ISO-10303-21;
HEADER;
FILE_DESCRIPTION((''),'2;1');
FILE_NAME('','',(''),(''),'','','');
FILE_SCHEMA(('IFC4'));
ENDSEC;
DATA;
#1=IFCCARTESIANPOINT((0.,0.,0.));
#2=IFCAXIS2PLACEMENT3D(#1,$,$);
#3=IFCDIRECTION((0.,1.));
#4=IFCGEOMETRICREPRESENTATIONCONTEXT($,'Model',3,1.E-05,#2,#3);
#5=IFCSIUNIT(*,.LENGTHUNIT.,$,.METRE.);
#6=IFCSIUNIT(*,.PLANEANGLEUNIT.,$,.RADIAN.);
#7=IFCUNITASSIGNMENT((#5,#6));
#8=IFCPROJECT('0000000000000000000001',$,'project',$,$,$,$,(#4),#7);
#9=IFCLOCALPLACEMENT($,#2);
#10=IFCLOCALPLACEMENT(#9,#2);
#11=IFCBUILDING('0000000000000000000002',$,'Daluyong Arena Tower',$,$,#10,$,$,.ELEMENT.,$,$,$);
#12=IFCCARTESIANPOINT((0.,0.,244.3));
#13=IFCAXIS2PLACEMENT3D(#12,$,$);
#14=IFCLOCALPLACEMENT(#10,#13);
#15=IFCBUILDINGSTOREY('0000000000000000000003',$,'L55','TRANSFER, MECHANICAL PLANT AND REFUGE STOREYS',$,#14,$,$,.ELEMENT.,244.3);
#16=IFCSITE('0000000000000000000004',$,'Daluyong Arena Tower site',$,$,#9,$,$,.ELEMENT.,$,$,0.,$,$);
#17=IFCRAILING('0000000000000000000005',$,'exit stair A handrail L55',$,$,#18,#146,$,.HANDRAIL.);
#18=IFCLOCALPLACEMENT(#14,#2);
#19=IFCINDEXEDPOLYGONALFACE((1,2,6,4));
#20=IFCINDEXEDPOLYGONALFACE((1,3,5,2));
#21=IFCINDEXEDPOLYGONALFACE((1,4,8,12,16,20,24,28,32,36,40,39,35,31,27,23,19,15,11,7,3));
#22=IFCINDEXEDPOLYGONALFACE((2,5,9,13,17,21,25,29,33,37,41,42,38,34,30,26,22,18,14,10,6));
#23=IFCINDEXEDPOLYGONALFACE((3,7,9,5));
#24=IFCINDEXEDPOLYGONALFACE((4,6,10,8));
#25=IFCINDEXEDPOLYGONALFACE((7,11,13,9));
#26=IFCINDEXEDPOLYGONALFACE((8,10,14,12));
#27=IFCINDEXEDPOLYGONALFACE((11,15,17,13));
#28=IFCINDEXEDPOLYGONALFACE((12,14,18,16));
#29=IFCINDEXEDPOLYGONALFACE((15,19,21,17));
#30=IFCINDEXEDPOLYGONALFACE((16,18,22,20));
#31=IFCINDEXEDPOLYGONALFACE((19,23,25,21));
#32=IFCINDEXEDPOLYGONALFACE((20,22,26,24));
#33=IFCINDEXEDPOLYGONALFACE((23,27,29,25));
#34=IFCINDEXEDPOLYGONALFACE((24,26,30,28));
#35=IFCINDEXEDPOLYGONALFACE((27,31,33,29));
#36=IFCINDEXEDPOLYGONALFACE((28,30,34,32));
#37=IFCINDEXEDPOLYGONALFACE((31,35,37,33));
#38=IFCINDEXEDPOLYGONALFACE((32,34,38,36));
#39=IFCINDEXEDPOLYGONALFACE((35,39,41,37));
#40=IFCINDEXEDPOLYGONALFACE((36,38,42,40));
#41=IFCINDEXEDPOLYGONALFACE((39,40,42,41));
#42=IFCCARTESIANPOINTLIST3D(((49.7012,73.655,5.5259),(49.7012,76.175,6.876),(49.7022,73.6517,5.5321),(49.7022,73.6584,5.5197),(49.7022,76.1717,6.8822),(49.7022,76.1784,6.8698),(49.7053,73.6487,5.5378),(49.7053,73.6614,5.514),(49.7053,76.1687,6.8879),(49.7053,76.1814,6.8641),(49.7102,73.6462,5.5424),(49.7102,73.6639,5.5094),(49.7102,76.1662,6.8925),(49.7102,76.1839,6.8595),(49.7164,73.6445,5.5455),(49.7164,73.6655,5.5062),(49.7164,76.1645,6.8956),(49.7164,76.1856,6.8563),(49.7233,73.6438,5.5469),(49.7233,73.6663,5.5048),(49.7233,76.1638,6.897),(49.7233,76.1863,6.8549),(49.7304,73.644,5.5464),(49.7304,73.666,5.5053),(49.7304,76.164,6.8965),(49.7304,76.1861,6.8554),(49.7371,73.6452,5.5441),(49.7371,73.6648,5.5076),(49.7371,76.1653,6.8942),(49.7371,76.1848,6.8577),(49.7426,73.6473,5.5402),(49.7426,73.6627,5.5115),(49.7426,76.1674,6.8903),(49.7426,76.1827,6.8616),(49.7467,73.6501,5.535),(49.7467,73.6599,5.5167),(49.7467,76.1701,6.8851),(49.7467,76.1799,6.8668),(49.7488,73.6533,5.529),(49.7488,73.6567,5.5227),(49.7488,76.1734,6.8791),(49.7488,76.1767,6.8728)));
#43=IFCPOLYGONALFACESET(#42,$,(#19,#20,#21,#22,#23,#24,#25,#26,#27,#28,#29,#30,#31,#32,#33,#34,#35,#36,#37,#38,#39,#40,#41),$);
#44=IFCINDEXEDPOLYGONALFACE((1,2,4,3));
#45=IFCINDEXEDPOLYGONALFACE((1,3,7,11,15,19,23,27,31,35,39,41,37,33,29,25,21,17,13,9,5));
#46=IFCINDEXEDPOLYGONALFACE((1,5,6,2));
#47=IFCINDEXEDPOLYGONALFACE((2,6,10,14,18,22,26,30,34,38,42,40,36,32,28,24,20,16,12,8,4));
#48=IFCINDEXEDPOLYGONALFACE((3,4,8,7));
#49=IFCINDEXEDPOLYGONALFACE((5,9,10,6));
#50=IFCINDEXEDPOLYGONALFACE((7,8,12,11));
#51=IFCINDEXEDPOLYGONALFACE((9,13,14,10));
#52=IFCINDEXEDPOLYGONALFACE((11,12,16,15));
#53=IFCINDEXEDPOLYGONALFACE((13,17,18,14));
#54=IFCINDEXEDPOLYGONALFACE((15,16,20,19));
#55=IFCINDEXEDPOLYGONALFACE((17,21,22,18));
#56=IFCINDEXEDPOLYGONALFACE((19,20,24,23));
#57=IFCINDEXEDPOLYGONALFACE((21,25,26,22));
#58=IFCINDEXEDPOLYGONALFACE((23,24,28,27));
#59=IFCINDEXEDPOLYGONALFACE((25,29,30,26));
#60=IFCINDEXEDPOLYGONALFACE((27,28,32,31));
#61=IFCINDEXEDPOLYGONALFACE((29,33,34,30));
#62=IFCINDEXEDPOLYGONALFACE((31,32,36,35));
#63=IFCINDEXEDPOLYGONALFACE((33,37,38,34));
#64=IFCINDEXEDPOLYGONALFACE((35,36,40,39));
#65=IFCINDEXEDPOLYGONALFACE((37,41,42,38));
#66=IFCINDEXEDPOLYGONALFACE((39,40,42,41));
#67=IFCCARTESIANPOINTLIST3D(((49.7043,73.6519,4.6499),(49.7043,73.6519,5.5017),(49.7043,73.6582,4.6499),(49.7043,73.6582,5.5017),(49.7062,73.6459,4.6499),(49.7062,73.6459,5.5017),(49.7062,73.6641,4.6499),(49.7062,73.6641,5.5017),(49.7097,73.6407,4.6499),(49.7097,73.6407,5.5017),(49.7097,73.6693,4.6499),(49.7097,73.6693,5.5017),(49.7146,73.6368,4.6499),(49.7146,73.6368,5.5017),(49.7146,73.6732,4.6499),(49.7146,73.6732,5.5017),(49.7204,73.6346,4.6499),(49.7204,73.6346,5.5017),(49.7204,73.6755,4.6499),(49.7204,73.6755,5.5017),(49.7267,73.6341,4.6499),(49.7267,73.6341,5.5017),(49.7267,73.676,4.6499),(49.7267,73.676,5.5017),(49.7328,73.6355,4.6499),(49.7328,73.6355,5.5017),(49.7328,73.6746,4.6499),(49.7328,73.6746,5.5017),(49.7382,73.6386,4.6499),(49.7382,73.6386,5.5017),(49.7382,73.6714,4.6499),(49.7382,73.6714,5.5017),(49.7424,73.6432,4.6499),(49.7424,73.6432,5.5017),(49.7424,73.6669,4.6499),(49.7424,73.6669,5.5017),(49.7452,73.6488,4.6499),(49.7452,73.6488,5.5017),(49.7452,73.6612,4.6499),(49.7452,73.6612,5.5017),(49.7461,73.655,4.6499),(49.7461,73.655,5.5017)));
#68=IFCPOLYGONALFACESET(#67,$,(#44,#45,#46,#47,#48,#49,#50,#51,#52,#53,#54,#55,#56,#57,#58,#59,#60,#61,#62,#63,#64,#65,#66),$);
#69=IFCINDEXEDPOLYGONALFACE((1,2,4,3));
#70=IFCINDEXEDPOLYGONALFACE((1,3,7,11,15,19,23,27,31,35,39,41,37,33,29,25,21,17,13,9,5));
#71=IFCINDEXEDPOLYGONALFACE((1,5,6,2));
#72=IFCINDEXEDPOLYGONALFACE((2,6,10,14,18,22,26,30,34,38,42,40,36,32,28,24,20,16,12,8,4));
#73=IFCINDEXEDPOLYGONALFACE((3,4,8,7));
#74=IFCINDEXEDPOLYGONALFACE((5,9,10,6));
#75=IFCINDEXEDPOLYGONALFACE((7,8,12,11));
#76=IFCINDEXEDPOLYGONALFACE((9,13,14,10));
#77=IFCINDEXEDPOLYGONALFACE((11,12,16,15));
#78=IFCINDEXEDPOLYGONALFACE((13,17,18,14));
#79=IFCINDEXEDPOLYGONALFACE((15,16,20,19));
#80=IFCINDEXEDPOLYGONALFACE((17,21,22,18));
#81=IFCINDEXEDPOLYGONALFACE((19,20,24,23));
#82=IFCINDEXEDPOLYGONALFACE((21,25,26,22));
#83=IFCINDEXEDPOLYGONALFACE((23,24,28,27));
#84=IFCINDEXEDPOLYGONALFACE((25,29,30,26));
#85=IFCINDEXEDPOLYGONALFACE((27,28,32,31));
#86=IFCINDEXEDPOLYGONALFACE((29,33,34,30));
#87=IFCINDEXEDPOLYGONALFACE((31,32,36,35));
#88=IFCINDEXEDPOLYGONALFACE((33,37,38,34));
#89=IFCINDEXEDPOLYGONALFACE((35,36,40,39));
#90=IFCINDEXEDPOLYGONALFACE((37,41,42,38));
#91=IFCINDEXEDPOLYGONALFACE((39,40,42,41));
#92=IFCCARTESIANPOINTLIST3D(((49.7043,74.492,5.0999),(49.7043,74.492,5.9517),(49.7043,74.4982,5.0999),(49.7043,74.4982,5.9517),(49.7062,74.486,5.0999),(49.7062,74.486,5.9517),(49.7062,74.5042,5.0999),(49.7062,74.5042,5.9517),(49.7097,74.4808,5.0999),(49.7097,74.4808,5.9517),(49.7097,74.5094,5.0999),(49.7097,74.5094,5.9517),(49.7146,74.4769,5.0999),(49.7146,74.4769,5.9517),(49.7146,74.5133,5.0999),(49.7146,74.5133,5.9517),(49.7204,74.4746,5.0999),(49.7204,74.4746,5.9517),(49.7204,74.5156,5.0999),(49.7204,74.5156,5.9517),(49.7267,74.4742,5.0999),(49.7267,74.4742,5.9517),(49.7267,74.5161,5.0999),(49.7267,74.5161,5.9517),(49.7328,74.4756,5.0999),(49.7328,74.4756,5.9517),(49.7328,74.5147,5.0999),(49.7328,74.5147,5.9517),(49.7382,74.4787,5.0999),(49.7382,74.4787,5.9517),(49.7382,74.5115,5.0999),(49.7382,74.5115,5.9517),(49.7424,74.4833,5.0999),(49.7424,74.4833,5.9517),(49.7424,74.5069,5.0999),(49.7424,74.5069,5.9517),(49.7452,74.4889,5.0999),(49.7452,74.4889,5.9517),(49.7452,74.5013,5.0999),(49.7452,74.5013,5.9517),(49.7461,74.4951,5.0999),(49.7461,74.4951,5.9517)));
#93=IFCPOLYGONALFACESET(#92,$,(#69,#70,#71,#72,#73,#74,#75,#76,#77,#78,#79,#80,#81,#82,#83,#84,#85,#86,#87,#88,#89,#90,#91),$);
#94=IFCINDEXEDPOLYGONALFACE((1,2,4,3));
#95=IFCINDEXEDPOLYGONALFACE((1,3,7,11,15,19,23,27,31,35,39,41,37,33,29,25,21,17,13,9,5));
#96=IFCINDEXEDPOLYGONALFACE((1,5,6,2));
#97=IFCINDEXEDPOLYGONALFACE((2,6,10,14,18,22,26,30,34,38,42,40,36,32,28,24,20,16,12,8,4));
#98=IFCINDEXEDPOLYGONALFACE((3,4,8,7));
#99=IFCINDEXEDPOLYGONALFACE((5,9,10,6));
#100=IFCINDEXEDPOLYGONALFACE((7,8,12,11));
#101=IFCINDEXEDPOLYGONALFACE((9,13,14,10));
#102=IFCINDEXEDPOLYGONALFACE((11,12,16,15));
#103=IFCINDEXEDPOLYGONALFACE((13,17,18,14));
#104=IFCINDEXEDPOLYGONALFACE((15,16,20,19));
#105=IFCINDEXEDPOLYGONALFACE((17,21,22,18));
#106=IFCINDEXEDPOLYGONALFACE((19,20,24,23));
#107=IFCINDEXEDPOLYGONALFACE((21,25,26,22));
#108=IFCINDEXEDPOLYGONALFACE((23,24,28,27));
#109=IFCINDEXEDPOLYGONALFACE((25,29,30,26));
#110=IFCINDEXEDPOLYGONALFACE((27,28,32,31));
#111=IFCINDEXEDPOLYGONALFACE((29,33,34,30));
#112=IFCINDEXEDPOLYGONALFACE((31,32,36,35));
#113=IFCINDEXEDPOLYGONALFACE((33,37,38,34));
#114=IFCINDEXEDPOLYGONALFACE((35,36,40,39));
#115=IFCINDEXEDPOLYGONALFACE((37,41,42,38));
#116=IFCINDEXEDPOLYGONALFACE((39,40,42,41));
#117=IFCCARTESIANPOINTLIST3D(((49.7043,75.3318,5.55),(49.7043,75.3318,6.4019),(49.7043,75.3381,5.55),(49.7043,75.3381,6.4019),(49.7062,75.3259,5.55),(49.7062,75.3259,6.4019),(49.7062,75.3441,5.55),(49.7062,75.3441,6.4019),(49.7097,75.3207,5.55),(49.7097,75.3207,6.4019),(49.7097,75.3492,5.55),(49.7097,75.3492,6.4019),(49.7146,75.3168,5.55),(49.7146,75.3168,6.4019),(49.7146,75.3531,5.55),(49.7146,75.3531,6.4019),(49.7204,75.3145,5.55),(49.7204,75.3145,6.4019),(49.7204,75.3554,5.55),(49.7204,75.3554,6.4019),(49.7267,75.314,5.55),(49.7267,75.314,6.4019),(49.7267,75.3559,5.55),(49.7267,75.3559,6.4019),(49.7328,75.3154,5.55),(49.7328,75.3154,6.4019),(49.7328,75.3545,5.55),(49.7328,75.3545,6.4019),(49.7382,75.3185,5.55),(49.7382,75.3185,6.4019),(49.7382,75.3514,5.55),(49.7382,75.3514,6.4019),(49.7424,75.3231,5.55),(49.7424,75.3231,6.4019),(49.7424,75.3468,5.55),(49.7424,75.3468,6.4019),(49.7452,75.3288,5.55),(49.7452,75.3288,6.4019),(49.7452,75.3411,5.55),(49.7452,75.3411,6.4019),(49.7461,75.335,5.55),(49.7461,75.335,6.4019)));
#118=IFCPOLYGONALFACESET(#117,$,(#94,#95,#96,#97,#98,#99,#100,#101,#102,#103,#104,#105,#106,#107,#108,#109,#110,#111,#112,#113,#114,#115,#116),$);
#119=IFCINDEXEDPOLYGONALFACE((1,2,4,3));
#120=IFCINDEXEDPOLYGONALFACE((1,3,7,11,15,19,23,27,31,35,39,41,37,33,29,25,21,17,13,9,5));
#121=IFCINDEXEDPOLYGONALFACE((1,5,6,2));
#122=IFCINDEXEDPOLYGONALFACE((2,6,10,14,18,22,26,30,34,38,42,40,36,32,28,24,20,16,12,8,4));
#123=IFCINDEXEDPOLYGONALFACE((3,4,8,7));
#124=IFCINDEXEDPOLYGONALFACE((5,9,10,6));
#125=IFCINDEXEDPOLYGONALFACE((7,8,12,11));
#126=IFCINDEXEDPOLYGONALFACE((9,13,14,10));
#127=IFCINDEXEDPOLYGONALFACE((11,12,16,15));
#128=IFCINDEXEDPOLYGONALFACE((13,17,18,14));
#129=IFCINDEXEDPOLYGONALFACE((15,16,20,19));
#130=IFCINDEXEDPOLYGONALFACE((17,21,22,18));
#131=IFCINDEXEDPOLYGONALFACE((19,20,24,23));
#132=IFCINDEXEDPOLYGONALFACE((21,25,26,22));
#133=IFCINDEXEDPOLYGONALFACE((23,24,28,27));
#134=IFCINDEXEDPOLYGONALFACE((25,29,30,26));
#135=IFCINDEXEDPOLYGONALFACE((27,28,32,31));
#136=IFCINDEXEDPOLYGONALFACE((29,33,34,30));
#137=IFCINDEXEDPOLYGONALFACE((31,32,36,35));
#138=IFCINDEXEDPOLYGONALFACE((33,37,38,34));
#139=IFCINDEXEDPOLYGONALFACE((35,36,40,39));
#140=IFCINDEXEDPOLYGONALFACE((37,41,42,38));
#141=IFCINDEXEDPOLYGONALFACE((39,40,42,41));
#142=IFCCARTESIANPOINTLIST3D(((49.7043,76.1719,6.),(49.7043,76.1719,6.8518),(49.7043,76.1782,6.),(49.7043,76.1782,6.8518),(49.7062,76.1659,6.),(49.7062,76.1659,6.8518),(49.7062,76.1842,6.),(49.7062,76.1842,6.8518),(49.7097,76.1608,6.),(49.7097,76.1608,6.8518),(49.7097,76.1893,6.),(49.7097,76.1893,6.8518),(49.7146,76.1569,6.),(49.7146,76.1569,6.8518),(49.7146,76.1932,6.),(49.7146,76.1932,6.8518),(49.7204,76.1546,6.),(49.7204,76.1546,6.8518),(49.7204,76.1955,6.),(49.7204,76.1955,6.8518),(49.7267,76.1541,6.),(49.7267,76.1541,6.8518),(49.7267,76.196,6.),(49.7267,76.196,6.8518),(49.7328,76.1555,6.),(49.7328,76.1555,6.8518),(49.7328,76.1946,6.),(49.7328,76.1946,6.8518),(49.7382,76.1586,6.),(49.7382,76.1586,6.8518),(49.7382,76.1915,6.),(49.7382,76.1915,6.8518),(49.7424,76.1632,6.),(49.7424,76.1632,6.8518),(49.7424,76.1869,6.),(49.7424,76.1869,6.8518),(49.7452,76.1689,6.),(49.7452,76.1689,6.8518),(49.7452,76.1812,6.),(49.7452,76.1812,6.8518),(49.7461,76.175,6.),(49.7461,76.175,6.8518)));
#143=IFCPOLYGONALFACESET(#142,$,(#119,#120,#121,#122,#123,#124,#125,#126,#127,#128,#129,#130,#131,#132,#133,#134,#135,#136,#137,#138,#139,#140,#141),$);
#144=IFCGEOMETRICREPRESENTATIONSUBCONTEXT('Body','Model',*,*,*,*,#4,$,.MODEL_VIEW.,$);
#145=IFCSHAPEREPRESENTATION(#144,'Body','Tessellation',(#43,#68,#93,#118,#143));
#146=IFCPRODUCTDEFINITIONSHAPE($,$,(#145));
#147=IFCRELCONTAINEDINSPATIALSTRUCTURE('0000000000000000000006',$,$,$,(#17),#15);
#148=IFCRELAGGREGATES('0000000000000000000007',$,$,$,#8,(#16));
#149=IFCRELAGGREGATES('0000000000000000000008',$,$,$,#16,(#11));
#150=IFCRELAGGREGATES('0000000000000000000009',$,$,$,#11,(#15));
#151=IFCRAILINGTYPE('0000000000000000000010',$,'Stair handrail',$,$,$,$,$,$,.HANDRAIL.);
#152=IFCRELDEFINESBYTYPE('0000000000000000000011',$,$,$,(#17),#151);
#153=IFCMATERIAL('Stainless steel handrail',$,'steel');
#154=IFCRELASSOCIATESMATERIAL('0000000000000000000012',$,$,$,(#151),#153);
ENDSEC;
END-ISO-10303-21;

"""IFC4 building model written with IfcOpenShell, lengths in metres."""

from ifc_helpers import new_model, si_unit, direction, frame, origin, origin_2d, place, context, subcontext, project, spatial, circle, extrude, material, type_object, element, save


model = new_model("IFC4")

# Units and contexts
model_context = context("Model", 3, precision=1e-05, world=origin(), true_north=direction((0.0, 1.0)))
body_context = subcontext(model_context, "Body", "Model", "MODEL_VIEW")
ifc_project = project(units=[si_unit("LENGTHUNIT", "METRE"), si_unit("PLANEANGLEUNIT", "RADIAN")], contexts=[model_context])

# Site, building, storey
site_placement = place(None, origin())
site = spatial("IfcSite", under=ifc_project, at=site_placement, Name="Daluyong Arena Tower site", CompositionType="ELEMENT", RefElevation=0.0)
building_placement = place(site_placement, origin())
building = spatial("IfcBuilding", under=site, at=building_placement, Name="Daluyong Arena Tower", CompositionType="ELEMENT")
storey_placement = place(building_placement, frame((0.0, 0.0, 244.3)))
storey = spatial("IfcBuildingStorey", under=building, at=storey_placement, Name="L55", Description="TRANSFER, MECHANICAL PLANT AND REFUGE STOREYS", CompositionType="ELEMENT", Elevation=244.3)

# Railing
ifc_material_1 = material(Name="Stainless steel handrail", Category="steel")
railing_type = type_object("IfcRailingType", Name="Stair handrail", PredefinedType="HANDRAIL", material=ifc_material_1)
railing_placement = place(storey_placement, frame((49.7251, 73.655, 4.6499)))
element("IfcRailing", 1, at=railing_placement, inside=storey, type_object=railing_type, Name="exit stair A handrail L55", PredefinedType="HANDRAIL", context=body_context, shape_type="SweptSolid", body=[
    extrude(circle(Radius=0.0239, at=origin_2d()), frame((0.0, 0.0, 0.876), z_axis=(0.0, 0.881467, 0.472245), x_axis=(-1.0, 0.0, 0.0)), (0.0, 0.0, 1.0), 2.8589),
    extrude(circle(Radius=0.021, at=origin_2d()), origin(), (0.0, 0.0, 1.0), 0.8518),
    extrude(circle(Radius=0.021, at=origin_2d()), frame((0.0, 0.8401, 0.45)), (0.0, 0.0, 1.0), 0.8518),
    extrude(circle(Radius=0.021, at=origin_2d()), frame((0.0, 1.6799, 0.9001)), (0.0, 0.0, 1.0), 0.8518),
    extrude(circle(Radius=0.021, at=origin_2d()), frame((0.0, 2.52, 1.3501)), (0.0, 0.0, 1.0), 0.8518),
])

save(model, "model.ifc")
